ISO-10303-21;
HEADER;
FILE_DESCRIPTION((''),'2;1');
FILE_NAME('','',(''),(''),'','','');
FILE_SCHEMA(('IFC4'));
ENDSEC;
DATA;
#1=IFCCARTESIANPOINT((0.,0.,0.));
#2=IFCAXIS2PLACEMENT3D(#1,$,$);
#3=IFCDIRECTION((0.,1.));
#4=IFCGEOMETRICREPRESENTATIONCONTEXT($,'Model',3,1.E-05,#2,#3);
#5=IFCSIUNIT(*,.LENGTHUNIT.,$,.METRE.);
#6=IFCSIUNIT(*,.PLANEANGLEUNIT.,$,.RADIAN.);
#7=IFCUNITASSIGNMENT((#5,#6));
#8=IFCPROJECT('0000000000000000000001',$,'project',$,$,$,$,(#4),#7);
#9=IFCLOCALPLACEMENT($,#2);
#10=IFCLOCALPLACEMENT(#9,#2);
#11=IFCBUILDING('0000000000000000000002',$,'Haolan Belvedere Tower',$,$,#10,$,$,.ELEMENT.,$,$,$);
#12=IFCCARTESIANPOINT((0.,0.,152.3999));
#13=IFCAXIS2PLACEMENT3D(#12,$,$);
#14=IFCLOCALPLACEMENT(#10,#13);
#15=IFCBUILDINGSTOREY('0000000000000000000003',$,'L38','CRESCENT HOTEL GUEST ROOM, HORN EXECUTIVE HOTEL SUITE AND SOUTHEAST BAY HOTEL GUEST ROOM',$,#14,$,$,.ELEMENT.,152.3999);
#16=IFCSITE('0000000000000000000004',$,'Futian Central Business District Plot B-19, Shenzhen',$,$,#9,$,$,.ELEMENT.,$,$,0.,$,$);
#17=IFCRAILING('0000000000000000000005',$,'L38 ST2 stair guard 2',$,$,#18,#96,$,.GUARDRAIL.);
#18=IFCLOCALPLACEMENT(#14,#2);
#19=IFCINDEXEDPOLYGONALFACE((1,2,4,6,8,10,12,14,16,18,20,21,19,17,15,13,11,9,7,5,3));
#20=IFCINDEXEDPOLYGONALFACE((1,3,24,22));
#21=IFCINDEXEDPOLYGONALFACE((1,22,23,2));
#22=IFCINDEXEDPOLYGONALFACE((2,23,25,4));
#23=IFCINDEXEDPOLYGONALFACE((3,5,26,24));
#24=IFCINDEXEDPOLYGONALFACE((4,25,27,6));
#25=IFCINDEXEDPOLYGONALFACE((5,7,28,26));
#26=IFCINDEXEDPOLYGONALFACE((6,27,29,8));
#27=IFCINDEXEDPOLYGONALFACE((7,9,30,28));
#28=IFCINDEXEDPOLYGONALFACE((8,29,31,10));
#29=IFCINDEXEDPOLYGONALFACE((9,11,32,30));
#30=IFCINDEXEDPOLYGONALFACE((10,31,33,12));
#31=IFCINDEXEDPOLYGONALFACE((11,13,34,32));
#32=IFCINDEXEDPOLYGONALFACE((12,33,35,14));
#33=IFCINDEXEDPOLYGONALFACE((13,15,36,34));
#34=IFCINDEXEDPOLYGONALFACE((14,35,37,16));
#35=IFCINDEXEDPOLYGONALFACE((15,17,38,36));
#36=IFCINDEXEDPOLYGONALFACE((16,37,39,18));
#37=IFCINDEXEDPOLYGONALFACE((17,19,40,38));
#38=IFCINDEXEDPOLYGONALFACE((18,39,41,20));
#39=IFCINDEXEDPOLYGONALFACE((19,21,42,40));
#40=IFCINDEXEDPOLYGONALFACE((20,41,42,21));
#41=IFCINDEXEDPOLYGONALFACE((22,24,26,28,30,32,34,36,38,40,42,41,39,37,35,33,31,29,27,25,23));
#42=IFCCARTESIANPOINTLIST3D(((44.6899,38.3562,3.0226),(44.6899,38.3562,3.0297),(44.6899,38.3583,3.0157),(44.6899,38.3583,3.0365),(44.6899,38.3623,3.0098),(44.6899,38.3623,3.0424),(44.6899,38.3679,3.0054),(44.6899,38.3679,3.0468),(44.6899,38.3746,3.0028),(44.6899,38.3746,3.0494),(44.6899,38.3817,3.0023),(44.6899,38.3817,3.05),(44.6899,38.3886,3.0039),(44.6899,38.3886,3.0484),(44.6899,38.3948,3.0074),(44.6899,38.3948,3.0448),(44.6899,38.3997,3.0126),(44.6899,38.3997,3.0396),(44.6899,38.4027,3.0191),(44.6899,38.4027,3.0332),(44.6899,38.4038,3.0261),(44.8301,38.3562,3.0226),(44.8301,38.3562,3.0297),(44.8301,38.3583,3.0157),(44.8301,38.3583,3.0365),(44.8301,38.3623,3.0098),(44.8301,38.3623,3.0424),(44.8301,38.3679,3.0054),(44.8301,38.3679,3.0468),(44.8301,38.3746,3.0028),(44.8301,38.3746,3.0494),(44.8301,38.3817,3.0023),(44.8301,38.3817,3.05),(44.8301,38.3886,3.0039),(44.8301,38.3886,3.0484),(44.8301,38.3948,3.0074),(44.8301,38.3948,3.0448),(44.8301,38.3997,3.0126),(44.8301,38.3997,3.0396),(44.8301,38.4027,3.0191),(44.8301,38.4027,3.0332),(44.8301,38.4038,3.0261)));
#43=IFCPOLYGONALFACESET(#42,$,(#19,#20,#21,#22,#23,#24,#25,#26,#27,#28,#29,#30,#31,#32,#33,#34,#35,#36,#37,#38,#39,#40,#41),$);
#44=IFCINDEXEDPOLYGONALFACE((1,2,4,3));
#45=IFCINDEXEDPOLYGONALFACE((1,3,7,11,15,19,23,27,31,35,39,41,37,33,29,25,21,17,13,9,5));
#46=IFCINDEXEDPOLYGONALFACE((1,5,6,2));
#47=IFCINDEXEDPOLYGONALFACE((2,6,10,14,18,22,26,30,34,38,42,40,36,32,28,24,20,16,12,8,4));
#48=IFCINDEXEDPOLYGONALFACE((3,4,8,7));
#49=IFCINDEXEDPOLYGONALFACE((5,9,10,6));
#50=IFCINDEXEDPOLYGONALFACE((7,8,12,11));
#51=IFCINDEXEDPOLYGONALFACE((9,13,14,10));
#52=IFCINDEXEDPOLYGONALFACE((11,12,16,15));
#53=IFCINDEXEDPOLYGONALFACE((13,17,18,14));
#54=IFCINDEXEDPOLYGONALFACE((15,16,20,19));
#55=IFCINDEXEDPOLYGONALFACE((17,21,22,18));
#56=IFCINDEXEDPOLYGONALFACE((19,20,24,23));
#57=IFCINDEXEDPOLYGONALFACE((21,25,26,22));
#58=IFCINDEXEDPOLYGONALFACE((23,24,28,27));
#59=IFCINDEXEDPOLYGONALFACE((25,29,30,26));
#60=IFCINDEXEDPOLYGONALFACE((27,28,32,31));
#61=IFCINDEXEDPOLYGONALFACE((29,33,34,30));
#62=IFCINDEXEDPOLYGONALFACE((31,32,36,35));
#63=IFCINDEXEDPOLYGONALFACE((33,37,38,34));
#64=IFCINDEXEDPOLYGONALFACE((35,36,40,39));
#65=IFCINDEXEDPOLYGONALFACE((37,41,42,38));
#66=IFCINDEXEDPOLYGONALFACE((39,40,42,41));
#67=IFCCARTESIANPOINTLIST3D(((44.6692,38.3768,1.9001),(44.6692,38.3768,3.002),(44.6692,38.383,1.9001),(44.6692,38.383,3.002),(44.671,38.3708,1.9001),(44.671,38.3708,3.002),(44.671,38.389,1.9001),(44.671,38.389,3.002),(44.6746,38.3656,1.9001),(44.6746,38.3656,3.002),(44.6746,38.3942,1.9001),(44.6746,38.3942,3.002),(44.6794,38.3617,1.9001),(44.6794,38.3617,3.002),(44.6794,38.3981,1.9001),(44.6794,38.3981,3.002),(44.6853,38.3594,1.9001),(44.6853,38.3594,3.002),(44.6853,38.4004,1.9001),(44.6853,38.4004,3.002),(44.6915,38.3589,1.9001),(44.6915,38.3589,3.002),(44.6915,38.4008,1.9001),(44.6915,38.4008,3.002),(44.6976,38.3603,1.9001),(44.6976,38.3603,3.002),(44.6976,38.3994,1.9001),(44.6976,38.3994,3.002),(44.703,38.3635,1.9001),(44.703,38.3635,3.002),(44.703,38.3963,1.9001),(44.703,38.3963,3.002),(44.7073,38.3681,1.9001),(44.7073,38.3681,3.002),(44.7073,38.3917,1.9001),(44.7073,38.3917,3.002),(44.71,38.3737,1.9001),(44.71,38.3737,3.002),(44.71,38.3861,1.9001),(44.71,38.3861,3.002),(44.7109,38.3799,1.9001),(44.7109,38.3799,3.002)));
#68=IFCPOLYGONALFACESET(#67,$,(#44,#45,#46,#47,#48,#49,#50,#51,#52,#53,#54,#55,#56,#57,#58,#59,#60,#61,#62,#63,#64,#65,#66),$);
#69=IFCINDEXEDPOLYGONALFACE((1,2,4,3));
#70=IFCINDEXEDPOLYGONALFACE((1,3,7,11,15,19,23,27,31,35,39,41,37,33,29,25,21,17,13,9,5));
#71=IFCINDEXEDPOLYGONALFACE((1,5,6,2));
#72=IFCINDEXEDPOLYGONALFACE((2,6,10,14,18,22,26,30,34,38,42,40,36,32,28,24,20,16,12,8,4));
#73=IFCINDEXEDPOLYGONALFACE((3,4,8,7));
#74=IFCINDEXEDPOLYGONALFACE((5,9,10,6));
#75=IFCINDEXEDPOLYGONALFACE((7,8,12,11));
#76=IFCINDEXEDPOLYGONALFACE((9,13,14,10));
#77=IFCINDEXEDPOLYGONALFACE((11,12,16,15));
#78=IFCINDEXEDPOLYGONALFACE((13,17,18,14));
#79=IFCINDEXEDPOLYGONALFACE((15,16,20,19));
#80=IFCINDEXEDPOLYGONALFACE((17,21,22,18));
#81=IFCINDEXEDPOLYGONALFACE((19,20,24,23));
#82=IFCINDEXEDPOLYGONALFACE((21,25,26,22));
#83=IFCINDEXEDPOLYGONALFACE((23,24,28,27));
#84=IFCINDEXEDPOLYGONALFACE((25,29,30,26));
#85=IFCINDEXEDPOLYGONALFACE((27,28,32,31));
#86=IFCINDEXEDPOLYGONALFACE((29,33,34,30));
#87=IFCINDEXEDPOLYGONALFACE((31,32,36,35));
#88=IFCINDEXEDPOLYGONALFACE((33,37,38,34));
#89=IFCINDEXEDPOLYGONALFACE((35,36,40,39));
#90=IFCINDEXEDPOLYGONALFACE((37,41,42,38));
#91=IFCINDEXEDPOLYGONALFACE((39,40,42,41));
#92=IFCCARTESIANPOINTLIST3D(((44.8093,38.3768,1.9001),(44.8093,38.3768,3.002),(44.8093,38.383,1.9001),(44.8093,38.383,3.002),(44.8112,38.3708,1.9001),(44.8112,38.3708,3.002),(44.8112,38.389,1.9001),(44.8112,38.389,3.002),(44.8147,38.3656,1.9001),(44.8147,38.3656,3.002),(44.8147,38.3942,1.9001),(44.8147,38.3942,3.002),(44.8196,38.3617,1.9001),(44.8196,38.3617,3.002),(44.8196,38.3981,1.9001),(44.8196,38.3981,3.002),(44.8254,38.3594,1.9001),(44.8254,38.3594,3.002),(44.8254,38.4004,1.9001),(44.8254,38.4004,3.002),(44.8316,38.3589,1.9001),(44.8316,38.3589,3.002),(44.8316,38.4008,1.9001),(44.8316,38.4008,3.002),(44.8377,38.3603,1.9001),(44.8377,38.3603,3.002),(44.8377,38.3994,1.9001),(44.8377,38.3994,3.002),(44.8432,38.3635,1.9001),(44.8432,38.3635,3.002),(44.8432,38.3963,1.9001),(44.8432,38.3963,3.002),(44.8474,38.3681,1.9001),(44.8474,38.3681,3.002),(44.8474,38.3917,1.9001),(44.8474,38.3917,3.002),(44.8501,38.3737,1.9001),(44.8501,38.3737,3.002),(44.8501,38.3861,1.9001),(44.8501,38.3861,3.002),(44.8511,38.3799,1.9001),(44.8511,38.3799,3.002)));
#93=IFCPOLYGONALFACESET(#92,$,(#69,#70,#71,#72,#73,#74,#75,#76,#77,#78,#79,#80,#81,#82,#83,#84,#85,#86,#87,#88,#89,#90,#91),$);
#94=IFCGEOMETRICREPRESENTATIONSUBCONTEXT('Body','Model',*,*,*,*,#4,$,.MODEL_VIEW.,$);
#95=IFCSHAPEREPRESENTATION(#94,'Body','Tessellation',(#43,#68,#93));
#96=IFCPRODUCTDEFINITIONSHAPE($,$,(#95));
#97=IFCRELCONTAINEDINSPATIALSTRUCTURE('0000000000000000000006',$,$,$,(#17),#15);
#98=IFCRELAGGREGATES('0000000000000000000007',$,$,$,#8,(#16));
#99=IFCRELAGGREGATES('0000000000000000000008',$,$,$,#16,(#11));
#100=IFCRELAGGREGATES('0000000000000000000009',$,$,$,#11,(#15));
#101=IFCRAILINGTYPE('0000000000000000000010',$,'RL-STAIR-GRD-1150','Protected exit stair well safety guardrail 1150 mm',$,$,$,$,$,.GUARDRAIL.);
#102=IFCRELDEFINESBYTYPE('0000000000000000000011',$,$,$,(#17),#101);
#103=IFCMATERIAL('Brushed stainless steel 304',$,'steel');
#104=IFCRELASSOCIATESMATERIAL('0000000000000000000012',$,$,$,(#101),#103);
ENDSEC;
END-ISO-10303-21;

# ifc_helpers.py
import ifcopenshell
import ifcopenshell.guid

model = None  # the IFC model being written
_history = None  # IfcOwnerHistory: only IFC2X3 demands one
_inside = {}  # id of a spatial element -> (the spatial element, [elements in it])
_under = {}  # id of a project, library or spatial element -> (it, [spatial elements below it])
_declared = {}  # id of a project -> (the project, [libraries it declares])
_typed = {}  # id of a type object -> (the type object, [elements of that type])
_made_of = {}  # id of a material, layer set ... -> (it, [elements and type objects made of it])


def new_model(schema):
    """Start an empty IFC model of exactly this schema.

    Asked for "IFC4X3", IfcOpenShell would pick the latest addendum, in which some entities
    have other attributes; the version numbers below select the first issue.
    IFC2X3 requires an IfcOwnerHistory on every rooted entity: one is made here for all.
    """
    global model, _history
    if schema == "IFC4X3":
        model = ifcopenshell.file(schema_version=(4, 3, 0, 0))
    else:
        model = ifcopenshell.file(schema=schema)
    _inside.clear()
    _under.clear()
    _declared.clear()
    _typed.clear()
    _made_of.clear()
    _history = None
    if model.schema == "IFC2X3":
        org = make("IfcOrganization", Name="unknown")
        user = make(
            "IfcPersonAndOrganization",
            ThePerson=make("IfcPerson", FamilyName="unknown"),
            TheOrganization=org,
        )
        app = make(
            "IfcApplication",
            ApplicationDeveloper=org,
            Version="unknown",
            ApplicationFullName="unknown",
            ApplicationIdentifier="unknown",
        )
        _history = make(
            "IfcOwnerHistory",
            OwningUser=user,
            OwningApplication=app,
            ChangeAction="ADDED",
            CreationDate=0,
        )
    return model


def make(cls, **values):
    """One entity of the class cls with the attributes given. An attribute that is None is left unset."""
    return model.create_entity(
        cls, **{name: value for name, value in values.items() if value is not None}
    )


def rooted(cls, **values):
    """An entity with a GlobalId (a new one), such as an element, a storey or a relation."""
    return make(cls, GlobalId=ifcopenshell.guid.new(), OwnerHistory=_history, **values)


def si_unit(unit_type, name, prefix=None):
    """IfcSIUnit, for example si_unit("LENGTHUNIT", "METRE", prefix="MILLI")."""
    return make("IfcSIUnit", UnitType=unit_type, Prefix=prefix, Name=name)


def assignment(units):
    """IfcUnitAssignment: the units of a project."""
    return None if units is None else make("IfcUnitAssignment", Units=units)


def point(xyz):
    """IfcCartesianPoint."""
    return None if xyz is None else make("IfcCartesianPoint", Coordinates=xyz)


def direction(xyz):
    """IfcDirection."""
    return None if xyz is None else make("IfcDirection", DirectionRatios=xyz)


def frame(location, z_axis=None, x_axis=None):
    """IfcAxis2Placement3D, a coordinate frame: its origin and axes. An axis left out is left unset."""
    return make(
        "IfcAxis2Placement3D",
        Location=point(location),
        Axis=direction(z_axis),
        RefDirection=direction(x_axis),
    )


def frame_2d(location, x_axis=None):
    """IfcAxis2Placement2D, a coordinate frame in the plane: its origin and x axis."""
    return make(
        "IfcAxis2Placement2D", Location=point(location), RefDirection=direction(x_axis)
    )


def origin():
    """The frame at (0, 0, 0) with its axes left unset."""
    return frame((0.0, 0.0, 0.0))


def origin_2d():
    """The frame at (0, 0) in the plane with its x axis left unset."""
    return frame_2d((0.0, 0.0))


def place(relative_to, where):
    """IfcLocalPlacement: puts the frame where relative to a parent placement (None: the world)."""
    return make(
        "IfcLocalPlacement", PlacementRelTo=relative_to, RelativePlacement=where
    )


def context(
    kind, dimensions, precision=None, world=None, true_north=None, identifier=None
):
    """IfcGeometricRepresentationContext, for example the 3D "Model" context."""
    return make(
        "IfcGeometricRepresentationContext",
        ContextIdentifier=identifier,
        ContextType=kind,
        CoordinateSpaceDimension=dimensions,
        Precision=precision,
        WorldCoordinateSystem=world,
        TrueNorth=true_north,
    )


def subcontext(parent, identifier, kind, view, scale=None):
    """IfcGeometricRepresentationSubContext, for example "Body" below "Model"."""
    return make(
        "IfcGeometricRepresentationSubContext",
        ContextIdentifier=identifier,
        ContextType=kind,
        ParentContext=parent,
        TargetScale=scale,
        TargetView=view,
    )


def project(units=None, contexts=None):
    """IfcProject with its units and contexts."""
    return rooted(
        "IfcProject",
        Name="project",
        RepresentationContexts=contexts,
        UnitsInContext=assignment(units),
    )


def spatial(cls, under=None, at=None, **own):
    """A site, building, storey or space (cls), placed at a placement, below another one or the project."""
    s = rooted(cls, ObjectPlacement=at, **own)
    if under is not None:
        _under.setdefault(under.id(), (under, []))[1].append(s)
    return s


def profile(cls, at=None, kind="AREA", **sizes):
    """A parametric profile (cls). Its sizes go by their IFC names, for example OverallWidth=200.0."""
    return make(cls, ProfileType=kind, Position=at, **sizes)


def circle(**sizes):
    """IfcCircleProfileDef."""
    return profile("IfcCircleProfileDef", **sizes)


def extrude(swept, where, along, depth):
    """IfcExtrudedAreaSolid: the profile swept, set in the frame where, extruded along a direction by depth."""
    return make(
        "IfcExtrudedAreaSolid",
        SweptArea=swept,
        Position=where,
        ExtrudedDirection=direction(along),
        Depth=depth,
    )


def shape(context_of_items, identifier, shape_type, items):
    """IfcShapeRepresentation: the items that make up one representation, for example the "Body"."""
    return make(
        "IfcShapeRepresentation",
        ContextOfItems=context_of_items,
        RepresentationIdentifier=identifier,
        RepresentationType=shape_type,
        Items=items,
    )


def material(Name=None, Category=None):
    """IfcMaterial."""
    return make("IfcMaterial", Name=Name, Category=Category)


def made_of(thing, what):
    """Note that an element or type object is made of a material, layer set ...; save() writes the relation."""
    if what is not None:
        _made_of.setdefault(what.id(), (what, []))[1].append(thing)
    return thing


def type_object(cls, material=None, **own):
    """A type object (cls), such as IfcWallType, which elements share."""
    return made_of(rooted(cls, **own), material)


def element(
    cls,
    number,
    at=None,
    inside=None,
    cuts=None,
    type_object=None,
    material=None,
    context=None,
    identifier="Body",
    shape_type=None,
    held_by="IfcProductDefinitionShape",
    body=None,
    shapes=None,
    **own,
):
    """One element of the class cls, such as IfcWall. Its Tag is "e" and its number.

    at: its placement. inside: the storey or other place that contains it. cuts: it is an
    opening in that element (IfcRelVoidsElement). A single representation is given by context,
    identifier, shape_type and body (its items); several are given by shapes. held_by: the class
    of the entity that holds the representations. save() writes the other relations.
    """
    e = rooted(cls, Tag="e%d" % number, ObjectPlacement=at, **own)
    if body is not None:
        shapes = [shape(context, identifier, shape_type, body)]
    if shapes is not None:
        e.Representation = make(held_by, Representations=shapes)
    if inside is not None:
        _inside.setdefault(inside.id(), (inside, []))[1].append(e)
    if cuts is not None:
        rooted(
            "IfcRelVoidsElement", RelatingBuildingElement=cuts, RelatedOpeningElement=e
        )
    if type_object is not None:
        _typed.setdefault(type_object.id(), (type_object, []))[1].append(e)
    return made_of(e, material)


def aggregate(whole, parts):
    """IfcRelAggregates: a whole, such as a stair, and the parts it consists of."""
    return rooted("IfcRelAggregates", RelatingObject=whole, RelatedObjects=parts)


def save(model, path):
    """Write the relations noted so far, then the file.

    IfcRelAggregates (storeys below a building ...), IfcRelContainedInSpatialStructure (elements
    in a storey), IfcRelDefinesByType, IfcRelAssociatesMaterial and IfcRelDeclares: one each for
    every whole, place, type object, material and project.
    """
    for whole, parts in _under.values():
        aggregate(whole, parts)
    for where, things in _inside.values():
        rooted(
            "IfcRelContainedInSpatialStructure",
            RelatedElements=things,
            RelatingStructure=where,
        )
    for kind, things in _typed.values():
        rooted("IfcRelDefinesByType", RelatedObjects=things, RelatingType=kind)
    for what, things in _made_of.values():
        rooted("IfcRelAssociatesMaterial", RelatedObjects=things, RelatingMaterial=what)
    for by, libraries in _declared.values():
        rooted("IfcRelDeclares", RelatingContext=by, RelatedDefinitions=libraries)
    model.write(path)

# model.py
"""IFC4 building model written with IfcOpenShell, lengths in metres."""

from ifc_helpers import new_model, si_unit, direction, frame, origin, origin_2d, place, context, subcontext, project, spatial, circle, extrude, material, type_object, element, save


model = new_model("IFC4")

# Units and contexts
model_context = context("Model", 3, precision=1e-05, world=origin(), true_north=direction((0.0, 1.0)))
body_context = subcontext(model_context, "Body", "Model", "MODEL_VIEW")
ifc_project = project(units=[si_unit("LENGTHUNIT", "METRE"), si_unit("PLANEANGLEUNIT", "RADIAN")], contexts=[model_context])

# Site, building, storey
site_placement = place(None, origin())
site = spatial("IfcSite", under=ifc_project, at=site_placement, Name="Futian Central Business District Plot B-19, Shenzhen", CompositionType="ELEMENT", RefElevation=0.0)
building_placement = place(site_placement, origin())
building = spatial("IfcBuilding", under=site, at=building_placement, Name="Haolan Belvedere Tower", CompositionType="ELEMENT")
storey_placement = place(building_placement, frame((0.0, 0.0, 152.3999)))
storey = spatial("IfcBuildingStorey", under=building, at=storey_placement, Name="L38", Description="CRESCENT HOTEL GUEST ROOM, HORN EXECUTIVE HOTEL SUITE AND SOUTHEAST BAY HOTEL GUEST ROOM", CompositionType="ELEMENT", Elevation=152.3999)

# Railing
ifc_material_1 = material(Name="Brushed stainless steel 304", Category="steel")
railing_type_1 = type_object("IfcRailingType", Name="RL-STAIR-GRD-1150", Description="Protected exit stair well safety guardrail 1150 mm", PredefinedType="GUARDRAIL", material=ifc_material_1)
railing_1_placement = place(storey_placement, frame((44.6899, 38.3799, 1.9001)))
element("IfcRailing", 1, at=railing_1_placement, inside=storey, type_object=railing_type_1, Name="L38 ST2 stair guard 2", PredefinedType="GUARDRAIL", context=body_context, shape_type="SweptSolid", body=[
    extrude(circle(Radius=0.0239, at=origin_2d()), frame((0.0, 0.0, 1.126), z_axis=(1.0, 0.0, 0.0), x_axis=(0.0, 1.0, 0.0)), (0.0, 0.0, 1.0), 0.1401),
    extrude(circle(Radius=0.021, at=origin_2d()), origin(), (0.0, 0.0, 1.0), 1.1018),
    extrude(circle(Radius=0.021, at=origin_2d()), frame((0.1401, 0.0, 0.0)), (0.0, 0.0, 1.0), 1.1018),
])

save(model, "model.ifc")
